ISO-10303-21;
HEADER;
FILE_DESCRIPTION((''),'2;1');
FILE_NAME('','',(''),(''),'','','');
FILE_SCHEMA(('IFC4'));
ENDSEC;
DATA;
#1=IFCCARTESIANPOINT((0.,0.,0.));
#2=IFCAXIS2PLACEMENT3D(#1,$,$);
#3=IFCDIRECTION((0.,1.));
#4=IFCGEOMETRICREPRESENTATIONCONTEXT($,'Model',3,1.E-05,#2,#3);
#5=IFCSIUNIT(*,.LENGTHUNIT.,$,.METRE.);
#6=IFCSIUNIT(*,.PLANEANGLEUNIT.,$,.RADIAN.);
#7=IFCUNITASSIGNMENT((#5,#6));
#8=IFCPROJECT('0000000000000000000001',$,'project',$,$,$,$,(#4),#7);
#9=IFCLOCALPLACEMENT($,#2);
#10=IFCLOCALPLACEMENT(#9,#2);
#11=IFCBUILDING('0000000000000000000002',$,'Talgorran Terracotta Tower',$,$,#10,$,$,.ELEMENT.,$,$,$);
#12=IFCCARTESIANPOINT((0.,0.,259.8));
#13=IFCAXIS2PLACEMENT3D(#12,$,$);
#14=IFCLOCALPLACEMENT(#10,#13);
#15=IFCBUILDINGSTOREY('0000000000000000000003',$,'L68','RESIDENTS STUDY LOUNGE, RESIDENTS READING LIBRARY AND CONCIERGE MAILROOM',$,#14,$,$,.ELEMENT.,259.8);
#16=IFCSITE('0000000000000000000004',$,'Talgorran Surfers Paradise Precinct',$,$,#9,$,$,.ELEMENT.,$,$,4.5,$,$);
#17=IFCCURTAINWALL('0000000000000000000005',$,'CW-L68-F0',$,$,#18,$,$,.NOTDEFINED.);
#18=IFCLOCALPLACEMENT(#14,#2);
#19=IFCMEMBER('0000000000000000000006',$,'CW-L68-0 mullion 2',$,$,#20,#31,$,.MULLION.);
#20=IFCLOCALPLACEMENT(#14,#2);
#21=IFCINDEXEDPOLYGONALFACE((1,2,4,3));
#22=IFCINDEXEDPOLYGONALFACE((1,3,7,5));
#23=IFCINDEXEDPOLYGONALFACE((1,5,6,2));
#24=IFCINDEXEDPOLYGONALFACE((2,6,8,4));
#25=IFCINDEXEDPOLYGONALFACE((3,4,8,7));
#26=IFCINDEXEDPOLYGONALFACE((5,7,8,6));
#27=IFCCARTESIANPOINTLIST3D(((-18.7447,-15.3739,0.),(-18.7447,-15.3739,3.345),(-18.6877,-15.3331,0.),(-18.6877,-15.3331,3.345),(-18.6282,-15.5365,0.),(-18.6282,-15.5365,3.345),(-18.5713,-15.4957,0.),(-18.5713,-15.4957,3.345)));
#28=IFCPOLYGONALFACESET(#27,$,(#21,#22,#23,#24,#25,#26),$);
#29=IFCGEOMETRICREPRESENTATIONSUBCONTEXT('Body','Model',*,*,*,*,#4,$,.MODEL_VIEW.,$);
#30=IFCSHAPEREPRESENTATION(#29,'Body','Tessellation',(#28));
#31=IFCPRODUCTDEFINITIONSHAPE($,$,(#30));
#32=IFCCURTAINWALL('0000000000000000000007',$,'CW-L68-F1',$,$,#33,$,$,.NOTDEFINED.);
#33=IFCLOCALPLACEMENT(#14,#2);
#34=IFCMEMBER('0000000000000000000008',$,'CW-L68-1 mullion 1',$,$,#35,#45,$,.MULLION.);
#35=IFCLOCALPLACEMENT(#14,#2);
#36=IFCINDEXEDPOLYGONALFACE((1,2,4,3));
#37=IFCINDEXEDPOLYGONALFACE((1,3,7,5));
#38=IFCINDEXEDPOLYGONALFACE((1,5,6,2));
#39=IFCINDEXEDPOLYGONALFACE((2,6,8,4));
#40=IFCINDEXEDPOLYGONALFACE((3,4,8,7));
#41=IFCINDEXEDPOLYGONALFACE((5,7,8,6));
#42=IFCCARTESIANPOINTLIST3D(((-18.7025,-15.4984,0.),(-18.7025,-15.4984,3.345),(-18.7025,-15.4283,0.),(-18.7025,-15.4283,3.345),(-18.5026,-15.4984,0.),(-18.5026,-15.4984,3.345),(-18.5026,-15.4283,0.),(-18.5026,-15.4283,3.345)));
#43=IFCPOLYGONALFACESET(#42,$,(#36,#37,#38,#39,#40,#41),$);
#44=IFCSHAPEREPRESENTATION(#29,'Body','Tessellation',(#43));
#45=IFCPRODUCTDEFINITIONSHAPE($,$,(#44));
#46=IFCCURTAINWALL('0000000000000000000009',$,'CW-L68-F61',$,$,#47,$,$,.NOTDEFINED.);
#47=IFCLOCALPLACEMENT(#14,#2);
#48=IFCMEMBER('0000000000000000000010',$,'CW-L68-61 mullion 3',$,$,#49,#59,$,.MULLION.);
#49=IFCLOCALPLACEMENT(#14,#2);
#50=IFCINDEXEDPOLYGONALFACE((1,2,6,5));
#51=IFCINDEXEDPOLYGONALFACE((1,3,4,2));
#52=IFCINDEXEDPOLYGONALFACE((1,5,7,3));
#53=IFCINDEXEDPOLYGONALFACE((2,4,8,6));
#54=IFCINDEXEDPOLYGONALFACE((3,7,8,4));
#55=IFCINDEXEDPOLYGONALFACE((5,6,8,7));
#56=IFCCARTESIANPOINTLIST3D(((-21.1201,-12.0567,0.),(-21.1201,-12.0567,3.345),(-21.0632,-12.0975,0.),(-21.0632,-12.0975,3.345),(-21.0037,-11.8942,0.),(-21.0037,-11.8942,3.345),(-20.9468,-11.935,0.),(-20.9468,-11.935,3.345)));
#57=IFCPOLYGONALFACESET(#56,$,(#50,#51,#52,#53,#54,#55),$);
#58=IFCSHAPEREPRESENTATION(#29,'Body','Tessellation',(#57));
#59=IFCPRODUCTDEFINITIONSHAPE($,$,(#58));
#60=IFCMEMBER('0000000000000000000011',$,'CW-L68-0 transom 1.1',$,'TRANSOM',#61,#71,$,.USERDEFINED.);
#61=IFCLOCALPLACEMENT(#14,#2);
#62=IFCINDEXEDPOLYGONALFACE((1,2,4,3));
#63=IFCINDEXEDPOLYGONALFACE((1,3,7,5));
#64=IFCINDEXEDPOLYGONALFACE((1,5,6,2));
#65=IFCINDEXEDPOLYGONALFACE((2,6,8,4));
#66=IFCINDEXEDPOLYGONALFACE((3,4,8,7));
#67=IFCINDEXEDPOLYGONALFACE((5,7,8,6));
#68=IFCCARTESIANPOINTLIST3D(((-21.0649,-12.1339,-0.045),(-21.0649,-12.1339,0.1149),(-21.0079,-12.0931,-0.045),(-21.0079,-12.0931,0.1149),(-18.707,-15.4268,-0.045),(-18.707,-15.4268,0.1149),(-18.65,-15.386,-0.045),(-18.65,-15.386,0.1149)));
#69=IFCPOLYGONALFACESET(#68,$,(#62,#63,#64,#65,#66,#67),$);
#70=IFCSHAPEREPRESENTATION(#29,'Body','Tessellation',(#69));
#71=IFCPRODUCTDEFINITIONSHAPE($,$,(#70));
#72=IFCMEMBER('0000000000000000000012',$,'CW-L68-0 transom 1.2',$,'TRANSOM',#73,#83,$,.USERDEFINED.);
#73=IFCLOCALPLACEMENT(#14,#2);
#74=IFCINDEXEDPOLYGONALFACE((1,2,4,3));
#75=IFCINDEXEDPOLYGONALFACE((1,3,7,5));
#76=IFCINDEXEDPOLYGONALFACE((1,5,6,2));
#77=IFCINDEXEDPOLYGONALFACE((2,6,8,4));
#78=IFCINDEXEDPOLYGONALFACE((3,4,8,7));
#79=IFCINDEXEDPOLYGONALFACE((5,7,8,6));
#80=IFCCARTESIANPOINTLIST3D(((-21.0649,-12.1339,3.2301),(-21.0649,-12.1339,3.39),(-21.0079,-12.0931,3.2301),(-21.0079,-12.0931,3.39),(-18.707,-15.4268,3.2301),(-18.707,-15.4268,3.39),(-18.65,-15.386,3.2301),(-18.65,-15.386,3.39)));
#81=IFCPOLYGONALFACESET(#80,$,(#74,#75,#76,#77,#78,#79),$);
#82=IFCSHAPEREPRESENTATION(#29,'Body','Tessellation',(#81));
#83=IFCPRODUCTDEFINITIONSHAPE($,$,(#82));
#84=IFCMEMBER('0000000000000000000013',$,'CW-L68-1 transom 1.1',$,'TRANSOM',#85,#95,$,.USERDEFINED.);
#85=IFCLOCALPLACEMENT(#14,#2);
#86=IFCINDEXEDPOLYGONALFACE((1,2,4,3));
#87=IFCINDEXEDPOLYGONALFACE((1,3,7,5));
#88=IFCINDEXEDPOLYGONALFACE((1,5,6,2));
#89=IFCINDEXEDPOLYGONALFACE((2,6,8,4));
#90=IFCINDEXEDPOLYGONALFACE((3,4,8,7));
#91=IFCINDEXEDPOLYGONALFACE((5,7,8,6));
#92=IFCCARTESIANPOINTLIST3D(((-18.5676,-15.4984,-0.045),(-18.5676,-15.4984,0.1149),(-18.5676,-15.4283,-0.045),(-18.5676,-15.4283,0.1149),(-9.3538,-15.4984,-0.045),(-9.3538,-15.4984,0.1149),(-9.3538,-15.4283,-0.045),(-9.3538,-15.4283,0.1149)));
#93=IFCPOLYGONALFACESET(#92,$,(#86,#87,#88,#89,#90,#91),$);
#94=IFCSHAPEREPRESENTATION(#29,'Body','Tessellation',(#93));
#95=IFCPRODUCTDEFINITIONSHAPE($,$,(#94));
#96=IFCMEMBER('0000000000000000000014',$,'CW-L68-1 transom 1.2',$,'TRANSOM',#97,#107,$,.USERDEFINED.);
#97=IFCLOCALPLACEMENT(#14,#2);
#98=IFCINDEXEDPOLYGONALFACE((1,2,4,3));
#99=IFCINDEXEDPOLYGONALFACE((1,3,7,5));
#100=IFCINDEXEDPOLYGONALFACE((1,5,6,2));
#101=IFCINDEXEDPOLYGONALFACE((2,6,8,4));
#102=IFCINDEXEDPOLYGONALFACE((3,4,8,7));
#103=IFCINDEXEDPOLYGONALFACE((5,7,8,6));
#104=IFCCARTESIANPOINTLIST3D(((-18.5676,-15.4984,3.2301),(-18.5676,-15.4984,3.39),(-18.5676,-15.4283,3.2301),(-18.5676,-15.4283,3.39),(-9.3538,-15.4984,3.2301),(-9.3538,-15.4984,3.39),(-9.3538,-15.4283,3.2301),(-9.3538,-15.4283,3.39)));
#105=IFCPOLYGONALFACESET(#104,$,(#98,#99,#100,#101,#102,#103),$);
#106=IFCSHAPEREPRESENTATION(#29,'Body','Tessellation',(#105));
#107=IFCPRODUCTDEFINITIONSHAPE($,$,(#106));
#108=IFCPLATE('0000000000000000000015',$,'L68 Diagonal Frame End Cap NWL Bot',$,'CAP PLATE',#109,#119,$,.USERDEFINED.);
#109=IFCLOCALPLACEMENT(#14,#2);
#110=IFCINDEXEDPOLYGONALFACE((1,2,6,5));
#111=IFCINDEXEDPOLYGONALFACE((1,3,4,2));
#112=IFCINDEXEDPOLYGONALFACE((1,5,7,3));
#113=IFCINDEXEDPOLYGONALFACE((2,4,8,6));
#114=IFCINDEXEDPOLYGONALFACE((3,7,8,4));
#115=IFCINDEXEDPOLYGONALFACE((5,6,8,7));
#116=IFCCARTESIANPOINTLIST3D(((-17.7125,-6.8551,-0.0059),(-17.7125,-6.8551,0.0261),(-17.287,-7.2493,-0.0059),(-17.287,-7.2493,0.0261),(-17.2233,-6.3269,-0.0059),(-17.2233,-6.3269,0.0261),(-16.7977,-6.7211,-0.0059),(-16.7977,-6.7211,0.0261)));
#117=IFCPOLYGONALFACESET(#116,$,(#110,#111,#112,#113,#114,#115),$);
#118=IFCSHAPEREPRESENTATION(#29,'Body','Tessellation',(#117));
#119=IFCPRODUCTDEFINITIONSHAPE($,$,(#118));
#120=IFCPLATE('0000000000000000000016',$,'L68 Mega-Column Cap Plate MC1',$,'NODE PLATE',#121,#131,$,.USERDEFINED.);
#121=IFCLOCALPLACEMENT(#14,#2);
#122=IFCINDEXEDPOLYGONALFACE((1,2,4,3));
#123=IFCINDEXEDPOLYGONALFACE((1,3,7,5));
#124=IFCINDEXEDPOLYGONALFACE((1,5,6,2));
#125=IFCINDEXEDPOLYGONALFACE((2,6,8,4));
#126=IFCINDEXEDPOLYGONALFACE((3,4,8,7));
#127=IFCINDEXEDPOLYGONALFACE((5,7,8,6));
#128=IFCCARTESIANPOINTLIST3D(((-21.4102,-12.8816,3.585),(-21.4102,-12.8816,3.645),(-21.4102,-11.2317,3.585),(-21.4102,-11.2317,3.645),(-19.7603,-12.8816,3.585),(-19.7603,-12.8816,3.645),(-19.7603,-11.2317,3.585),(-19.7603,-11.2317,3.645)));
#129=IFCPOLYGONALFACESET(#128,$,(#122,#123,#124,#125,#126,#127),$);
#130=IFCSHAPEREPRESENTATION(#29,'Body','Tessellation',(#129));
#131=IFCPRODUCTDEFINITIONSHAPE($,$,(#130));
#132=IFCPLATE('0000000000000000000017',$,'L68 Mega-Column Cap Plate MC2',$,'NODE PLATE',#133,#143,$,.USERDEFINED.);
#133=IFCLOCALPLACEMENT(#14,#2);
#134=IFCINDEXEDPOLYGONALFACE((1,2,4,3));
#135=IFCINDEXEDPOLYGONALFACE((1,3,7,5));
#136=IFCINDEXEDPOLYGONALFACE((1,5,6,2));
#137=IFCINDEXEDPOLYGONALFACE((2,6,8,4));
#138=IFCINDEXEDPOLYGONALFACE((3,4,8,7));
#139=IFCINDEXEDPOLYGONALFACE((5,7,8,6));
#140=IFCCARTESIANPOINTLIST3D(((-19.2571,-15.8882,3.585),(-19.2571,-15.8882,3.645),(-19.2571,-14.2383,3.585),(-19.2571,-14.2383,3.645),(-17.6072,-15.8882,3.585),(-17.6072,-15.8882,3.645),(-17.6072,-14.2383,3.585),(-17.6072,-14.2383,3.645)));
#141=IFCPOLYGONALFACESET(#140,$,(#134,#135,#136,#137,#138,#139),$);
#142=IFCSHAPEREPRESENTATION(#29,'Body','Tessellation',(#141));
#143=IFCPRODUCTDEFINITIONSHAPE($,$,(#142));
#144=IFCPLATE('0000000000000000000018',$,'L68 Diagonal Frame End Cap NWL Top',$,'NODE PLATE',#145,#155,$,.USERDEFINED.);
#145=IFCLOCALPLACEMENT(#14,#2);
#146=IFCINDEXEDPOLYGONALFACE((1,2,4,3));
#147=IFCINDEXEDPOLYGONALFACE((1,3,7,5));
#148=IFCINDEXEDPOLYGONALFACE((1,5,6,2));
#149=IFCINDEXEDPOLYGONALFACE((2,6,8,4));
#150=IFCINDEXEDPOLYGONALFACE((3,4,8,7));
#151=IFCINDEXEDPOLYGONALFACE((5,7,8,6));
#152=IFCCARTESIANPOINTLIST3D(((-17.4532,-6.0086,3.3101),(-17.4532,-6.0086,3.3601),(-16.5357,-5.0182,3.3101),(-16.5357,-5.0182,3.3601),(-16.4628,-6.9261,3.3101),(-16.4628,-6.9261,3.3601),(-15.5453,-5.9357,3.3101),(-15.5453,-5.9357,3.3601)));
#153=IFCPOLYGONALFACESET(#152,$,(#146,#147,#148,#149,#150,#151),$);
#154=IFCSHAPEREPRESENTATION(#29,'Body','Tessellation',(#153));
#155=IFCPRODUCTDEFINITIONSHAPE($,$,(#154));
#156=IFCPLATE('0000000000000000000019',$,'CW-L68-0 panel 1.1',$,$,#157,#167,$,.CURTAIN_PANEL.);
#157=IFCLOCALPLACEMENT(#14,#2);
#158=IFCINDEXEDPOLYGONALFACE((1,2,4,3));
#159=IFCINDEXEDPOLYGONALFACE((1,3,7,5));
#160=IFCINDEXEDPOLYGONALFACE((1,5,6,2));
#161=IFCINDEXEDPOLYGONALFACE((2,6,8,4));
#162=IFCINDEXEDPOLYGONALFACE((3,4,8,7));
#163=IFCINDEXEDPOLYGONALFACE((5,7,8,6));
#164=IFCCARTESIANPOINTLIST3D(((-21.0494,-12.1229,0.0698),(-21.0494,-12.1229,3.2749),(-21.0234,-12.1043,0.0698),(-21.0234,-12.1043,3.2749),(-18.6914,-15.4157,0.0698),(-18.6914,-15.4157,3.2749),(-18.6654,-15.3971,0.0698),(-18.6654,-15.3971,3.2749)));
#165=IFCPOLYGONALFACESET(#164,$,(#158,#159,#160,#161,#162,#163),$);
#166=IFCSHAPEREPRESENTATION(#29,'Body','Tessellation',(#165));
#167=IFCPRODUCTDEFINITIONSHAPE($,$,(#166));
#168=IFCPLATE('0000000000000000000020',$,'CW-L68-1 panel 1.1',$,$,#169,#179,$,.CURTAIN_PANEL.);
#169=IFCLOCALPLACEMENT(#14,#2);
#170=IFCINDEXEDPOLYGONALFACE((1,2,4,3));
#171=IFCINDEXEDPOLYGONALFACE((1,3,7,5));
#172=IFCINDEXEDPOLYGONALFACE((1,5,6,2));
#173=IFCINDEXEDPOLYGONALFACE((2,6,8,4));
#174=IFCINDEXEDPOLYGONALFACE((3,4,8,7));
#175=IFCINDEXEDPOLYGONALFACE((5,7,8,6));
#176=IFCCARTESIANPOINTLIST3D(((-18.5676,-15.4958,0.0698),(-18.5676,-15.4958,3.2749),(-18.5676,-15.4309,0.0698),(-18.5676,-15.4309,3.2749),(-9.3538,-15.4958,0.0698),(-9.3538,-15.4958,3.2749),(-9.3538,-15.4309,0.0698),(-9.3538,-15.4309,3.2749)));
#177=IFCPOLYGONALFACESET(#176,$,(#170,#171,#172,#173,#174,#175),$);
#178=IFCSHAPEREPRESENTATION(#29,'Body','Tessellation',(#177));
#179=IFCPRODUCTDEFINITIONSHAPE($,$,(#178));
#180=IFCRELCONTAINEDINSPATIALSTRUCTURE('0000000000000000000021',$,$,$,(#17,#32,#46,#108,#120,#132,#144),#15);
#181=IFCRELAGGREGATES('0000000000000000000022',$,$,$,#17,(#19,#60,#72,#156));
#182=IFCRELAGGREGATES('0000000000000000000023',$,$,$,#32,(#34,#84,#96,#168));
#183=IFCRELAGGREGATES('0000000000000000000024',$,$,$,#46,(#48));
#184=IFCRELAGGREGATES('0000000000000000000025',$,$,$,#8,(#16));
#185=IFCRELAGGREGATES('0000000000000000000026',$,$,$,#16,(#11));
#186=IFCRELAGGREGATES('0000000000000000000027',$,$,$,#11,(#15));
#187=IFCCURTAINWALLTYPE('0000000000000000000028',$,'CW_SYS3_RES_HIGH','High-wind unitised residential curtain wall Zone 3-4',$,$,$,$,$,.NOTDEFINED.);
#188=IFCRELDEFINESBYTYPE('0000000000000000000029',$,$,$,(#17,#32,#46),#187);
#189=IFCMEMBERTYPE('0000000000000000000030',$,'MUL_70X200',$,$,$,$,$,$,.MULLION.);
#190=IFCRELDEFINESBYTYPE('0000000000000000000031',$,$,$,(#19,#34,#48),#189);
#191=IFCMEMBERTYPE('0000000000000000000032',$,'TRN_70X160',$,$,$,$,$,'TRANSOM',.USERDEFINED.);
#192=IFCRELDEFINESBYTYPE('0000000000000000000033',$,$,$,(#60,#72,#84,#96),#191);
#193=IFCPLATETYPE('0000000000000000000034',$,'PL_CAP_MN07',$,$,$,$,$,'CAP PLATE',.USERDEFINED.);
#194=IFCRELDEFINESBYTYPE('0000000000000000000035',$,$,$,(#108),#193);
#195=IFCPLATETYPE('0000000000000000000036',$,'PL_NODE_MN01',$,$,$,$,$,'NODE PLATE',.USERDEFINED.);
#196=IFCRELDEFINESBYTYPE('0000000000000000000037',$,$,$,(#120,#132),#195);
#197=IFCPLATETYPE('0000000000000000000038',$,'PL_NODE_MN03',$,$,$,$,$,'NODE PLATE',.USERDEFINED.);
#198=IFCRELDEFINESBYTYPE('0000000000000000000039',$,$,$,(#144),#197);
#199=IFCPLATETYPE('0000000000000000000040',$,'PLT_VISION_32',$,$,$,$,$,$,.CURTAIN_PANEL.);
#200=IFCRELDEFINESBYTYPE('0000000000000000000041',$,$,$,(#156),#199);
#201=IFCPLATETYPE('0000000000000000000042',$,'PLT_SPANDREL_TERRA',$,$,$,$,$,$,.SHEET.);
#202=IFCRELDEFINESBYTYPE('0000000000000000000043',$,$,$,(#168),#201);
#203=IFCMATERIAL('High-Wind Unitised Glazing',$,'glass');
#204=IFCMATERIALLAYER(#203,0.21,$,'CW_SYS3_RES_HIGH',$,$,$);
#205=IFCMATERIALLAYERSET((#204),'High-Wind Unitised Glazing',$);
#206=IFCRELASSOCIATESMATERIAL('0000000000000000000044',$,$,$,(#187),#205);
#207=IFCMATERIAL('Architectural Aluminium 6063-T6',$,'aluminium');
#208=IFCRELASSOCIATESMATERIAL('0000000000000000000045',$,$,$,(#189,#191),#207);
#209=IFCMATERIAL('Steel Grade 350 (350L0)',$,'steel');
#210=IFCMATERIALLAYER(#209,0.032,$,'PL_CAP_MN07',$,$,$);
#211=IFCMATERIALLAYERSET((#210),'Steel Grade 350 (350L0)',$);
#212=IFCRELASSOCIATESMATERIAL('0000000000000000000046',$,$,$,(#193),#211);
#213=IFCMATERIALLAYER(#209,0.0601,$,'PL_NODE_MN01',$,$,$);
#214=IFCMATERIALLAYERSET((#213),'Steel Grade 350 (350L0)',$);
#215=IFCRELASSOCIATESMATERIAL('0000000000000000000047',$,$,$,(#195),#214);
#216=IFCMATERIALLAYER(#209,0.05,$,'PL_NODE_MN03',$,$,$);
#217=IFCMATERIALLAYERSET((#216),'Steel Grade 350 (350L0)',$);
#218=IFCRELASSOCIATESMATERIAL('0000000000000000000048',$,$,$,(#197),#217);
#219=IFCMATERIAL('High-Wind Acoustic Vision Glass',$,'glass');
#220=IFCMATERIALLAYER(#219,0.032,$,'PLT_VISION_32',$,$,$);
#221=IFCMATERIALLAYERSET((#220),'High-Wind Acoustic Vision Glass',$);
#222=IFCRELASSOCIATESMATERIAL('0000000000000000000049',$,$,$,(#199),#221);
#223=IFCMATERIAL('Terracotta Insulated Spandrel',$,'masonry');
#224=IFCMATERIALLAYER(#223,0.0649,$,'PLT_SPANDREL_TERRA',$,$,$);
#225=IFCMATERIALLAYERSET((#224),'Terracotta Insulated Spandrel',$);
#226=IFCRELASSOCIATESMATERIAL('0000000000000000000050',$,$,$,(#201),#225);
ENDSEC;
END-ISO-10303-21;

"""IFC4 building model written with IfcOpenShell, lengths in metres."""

from ifc_helpers import new_model, si_unit, direction, frame, origin, origin_2d, place, context, subcontext, project, spatial, rectangle, extrude, source, transform, mapped, material, layer, layer_set, material_profile, profile_set, type_object, type_shapes, element, aggregate, save


model = new_model("IFC4")

# Units and contexts
model_context = context("Model", 3, precision=1e-05, world=origin(), true_north=direction((0.0, 1.0)))
body_context = subcontext(model_context, "Body", "Model", "MODEL_VIEW")
ifc_project = project(units=[si_unit("LENGTHUNIT", "METRE"), si_unit("PLANEANGLEUNIT", "RADIAN")], contexts=[model_context])

# Site, building, storey
site_placement = place(None, origin())
site = spatial("IfcSite", under=ifc_project, at=site_placement, Name="Talgorran Surfers Paradise Precinct", CompositionType="ELEMENT", RefElevation=4.5)
building_placement = place(site_placement, origin())
building = spatial("IfcBuilding", under=site, at=building_placement, Name="Talgorran Terracotta Tower", CompositionType="ELEMENT")
storey_placement = place(building_placement, frame((0.0, 0.0, 259.8)))
storey = spatial("IfcBuildingStorey", under=building, at=storey_placement, Name="L68", Description="RESIDENTS STUDY LOUNGE, RESIDENTS READING LIBRARY AND CONCIERGE MAILROOM", CompositionType="ELEMENT", Elevation=259.8)

# Shared definitions
ifc_material_1 = material(Name="Steel Grade 350 (350L0)", Category="steel")

# Curtain wall, member
ifc_material_2 = material(Name="High-Wind Unitised Glazing", Category="glass")
ifc_layer_1 = layer(ifc_material_2, 0.21, Name="CW_SYS3_RES_HIGH")
ifc_layer_set_1 = layer_set([ifc_layer_1], Name="High-Wind Unitised Glazing")
curtain_wall_type = type_object("IfcCurtainWallType", Name="CW_SYS3_RES_HIGH", Description="High-wind unitised residential curtain wall Zone 3-4", PredefinedType="NOTDEFINED", material=ifc_layer_set_1)
curtain_wall_1_placement = place(storey_placement, origin())
curtain_wall_1 = element("IfcCurtainWall", 1, at=curtain_wall_1_placement, inside=storey, type_object=curtain_wall_type, Name="CW-L68-F0", PredefinedType="NOTDEFINED")
ifc_material_3 = material(Name="Architectural Aluminium 6063-T6", Category="aluminium")
ifc_material_profile_1 = material_profile(ifc_material_3, rectangle(XDim=0.0701, YDim=0.2, at=origin_2d()), Name="CWM70X200")
ifc_profile_set_1 = profile_set([ifc_material_profile_1], Name="Architectural Aluminium 6063-T6")
member_type_1 = type_object("IfcMemberType", Name="MUL_70X200", PredefinedType="MULLION", material=ifc_profile_set_1)
member_1_placement = place(storey_placement, frame((-18.658, -15.4348, 0.0), z_axis=(0.0, 0.0, 1.0), x_axis=(0.813031, 0.58222, 0.0)))
member_1 = element("IfcMember", 2, at=member_1_placement, type_object=member_type_1, Name="CW-L68-0 mullion 2", PredefinedType="MULLION", context=body_context, shape_type="SweptSolid", body=[
    extrude(rectangle(XDim=0.0701, YDim=0.2, at=origin_2d()), origin(), (0.0, 0.0, 1.0), 3.345),
])

# Curtain walls, members
curtain_wall_2_placement = place(storey_placement, origin())
curtain_wall_2 = element("IfcCurtainWall", 3, at=curtain_wall_2_placement, inside=storey, type_object=curtain_wall_type, Name="CW-L68-F1", PredefinedType="NOTDEFINED")
member_2_placement = place(storey_placement, frame((-18.6025, -15.4634, 0.0), z_axis=(0.0, 0.0, 1.0), x_axis=(0.0, 1.0, 0.0)))
member_2 = element("IfcMember", 4, at=member_2_placement, type_object=member_type_1, Name="CW-L68-1 mullion 1", PredefinedType="MULLION", context=body_context, shape_type="SweptSolid", body=[
    extrude(rectangle(XDim=0.0701, YDim=0.2, at=origin_2d()), origin(), (0.0, 0.0, 1.0), 3.345),
])
curtain_wall_3_placement = place(storey_placement, origin())
curtain_wall_3 = element("IfcCurtainWall", 5, at=curtain_wall_3_placement, inside=storey, type_object=curtain_wall_type, Name="CW-L68-F61", PredefinedType="NOTDEFINED")
member_3_placement = place(storey_placement, frame((-21.0334, -11.9958, 0.0), z_axis=(0.0, 0.0, 1.0), x_axis=(0.813041, -0.582206, 0.0)))
member_3 = element("IfcMember", 6, at=member_3_placement, type_object=member_type_1, Name="CW-L68-61 mullion 3", PredefinedType="MULLION", context=body_context, shape_type="SweptSolid", body=[
    extrude(rectangle(XDim=0.0701, YDim=0.2, at=origin_2d()), origin(), (0.0, 0.0, 1.0), 3.345),
])

# Members
ifc_material_profile_2 = material_profile(ifc_material_3, rectangle(XDim=0.0701, YDim=0.1599, at=origin_2d()), Name="CWT70X160")
ifc_profile_set_2 = profile_set([ifc_material_profile_2], Name="Architectural Aluminium 6063-T6")
member_type_2 = type_object("IfcMemberType", Name="TRN_70X160", ElementType="TRANSOM", PredefinedType="USERDEFINED", material=ifc_profile_set_2)
member_4_placement = place(storey_placement, frame((-21.0364, -12.1135, 0.0349), z_axis=(0.582184, -0.813057, 0.0), x_axis=(0.813057, 0.582184, 0.0)))
member_4 = element("IfcMember", 7, at=member_4_placement, type_object=member_type_2, Name="CW-L68-0 transom 1.1", ObjectType="TRANSOM", PredefinedType="USERDEFINED", context=body_context, shape_type="SweptSolid", body=[
    extrude(rectangle(XDim=0.0701, YDim=0.1599, at=origin_2d()), origin(), (0.0, 0.0, 1.0), 4.05),
])
member_5_placement = place(storey_placement, frame((-21.0364, -12.1135, 3.3101), z_axis=(0.582184, -0.813057, 0.0), x_axis=(0.813057, 0.582184, 0.0)))
member_5 = element("IfcMember", 8, at=member_5_placement, type_object=member_type_2, Name="CW-L68-0 transom 1.2", ObjectType="TRANSOM", PredefinedType="USERDEFINED", context=body_context, shape_type="SweptSolid", body=[
    extrude(rectangle(XDim=0.0701, YDim=0.1599, at=origin_2d()), origin(), (0.0, 0.0, 1.0), 4.05),
])
member_6_placement = place(storey_placement, frame((-18.5676, -15.4634, 0.0349), z_axis=(1.0, 0.0, 0.0), x_axis=(0.0, 1.0, 0.0)))
member_6 = element("IfcMember", 9, at=member_6_placement, type_object=member_type_2, Name="CW-L68-1 transom 1.1", ObjectType="TRANSOM", PredefinedType="USERDEFINED", context=body_context, shape_type="SweptSolid", body=[
    extrude(rectangle(XDim=0.0701, YDim=0.1599, at=origin_2d()), origin(), (0.0, 0.0, 1.0), 9.2139),
])
member_7_placement = place(storey_placement, frame((-18.5676, -15.4634, 3.3101), z_axis=(1.0, 0.0, 0.0), x_axis=(0.0, 1.0, 0.0)))
member_7 = element("IfcMember", 10, at=member_7_placement, type_object=member_type_2, Name="CW-L68-1 transom 1.2", ObjectType="TRANSOM", PredefinedType="USERDEFINED", context=body_context, shape_type="SweptSolid", body=[
    extrude(rectangle(XDim=0.0701, YDim=0.1599, at=origin_2d()), origin(), (0.0, 0.0, 1.0), 9.2139),
])

# Plates
ifc_layer_2 = layer(ifc_material_1, 0.032, Name="PL_CAP_MN07")
ifc_layer_set_2 = layer_set([ifc_layer_2], Name="Steel Grade 350 (350L0)")
plate_type_1 = type_object("IfcPlateType", Name="PL_CAP_MN07", ElementType="CAP PLATE", PredefinedType="USERDEFINED", material=ifc_layer_set_2)
plate_1_placement = place(storey_placement, frame((-17.2551, -6.7881, -0.0059), z_axis=(0.0, 0.0, 1.0), x_axis=(0.679569, 0.733611, 0.0)))
element("IfcPlate", 11, at=plate_1_placement, inside=storey, type_object=plate_type_1, Name="L68 Diagonal Frame End Cap NWL Bot", ObjectType="CAP PLATE", PredefinedType="USERDEFINED", context=body_context, shape_type="SweptSolid", body=[
    extrude(rectangle(XDim=0.72, YDim=0.5801, at=origin_2d()), origin(), (0.0, 0.0, 1.0), 0.032),
])
ifc_layer_3 = layer(ifc_material_1, 0.0601, Name="PL_NODE_MN01")
ifc_layer_set_3 = layer_set([ifc_layer_3], Name="Steel Grade 350 (350L0)")
plate_type_2 = type_object("IfcPlateType", Name="PL_NODE_MN01", ElementType="NODE PLATE", PredefinedType="USERDEFINED", material=ifc_layer_set_3)
for number, where, z_axis, x_axis, name in (
    (12, (-20.5852, -12.0566, 3.585), (0.0, 0.0, 1.0), (1.0, 0.0, 0.0), "L68 Mega-Column Cap Plate MC1"),
    (13, (-18.4321, -15.0632, 3.585), (0.0, 0.0, 1.0), (1.0, 0.0, 0.0), "L68 Mega-Column Cap Plate MC2"),
):
    element("IfcPlate", number, at=place(storey_placement, frame(where, z_axis=z_axis, x_axis=x_axis)), inside=storey, type_object=plate_type_2, Name=name, ObjectType="NODE PLATE", PredefinedType="USERDEFINED", context=body_context, shape_type="SweptSolid", body=[
        extrude(rectangle(XDim=1.6499, YDim=1.6499, at=origin_2d()), origin(), (0.0, 0.0, 1.0), 0.0601),
    ])
ifc_layer_4 = layer(ifc_material_1, 0.05, Name="PL_NODE_MN03")
ifc_layer_set_4 = layer_set([ifc_layer_4], Name="Steel Grade 350 (350L0)")
plate_type_3 = type_object("IfcPlateType", Name="PL_NODE_MN03", ElementType="NODE PLATE", PredefinedType="USERDEFINED", material=ifc_layer_set_4)
plate_2_placement = place(storey_placement, frame((-16.4993, -5.9722, 3.3101), z_axis=(0.0, 0.0, 1.0), x_axis=(0.679569, 0.733611, 0.0)))
element("IfcPlate", 14, at=plate_2_placement, inside=storey, type_object=plate_type_3, Name="L68 Diagonal Frame End Cap NWL Top", ObjectType="NODE PLATE", PredefinedType="USERDEFINED", context=body_context, shape_type="SweptSolid", body=[
    extrude(rectangle(XDim=1.3501, YDim=1.3501, at=origin_2d()), origin(), (0.0, 0.0, 1.0), 0.05),
])

# Plates
ifc_material_4 = material(Name="High-Wind Acoustic Vision Glass", Category="glass")
ifc_layer_5 = layer(ifc_material_4, 0.032, Name="PLT_VISION_32")
ifc_layer_set_5 = layer_set([ifc_layer_5], Name="High-Wind Acoustic Vision Glass")
plate_type_4 = type_object("IfcPlateType", Name="PLT_VISION_32", PredefinedType="CURTAIN_PANEL", material=ifc_layer_set_5)
shared_shape_1 = source(origin(), body_context, "Body", "SweptSolid", [
    extrude(rectangle(XDim=4.05, YDim=0.032, at=origin_2d()), origin(), (0.0, 0.0, 1.0), 3.2051),
])
type_shapes(plate_type_4, [shared_shape_1])
plate_3_placement = place(storey_placement, frame((-19.8574, -13.76, 0.0698), z_axis=(0.0, 0.0, 1.0), x_axis=(0.58222, -0.813031, 0.0)))
plate_3 = element("IfcPlate", 15, at=plate_3_placement, type_object=plate_type_4, Name="CW-L68-0 panel 1.1", PredefinedType="CURTAIN_PANEL", context=body_context, shape_type="MappedRepresentation", body=[
    mapped(shared_shape_1, transform((0.0, 0.0, 0.0), scale=1.0)),
])
aggregate(curtain_wall_1, [member_1, member_4, member_5, plate_3])
ifc_material_5 = material(Name="Terracotta Insulated Spandrel", Category="masonry")
ifc_layer_6 = layer(ifc_material_5, 0.0649, Name="PLT_SPANDREL_TERRA")
ifc_layer_set_6 = layer_set([ifc_layer_6], Name="Terracotta Insulated Spandrel")
plate_type_5 = type_object("IfcPlateType", Name="PLT_SPANDREL_TERRA", PredefinedType="SHEET", material=ifc_layer_set_6)
shared_shape_2 = source(origin(), body_context, "Body", "SweptSolid", [
    extrude(rectangle(XDim=9.2139, YDim=0.0649, at=origin_2d()), origin(), (0.0, 0.0, 1.0), 3.2051),
])
plate_4_placement = place(storey_placement, frame((-13.9607, -15.4634, 0.0698), z_axis=(0.0, 0.0, 1.0), x_axis=(1.0, 0.0, 0.0)))
plate_4 = element("IfcPlate", 16, at=plate_4_placement, type_object=plate_type_5, Name="CW-L68-1 panel 1.1", PredefinedType="CURTAIN_PANEL", context=body_context, shape_type="MappedRepresentation", body=[
    mapped(shared_shape_2, transform((0.0, 0.0, 0.0), scale=1.0)),
])
aggregate(curtain_wall_2, [member_2, member_6, member_7, plate_4])
aggregate(curtain_wall_3, [member_3])

save(model, "model.ifc")
